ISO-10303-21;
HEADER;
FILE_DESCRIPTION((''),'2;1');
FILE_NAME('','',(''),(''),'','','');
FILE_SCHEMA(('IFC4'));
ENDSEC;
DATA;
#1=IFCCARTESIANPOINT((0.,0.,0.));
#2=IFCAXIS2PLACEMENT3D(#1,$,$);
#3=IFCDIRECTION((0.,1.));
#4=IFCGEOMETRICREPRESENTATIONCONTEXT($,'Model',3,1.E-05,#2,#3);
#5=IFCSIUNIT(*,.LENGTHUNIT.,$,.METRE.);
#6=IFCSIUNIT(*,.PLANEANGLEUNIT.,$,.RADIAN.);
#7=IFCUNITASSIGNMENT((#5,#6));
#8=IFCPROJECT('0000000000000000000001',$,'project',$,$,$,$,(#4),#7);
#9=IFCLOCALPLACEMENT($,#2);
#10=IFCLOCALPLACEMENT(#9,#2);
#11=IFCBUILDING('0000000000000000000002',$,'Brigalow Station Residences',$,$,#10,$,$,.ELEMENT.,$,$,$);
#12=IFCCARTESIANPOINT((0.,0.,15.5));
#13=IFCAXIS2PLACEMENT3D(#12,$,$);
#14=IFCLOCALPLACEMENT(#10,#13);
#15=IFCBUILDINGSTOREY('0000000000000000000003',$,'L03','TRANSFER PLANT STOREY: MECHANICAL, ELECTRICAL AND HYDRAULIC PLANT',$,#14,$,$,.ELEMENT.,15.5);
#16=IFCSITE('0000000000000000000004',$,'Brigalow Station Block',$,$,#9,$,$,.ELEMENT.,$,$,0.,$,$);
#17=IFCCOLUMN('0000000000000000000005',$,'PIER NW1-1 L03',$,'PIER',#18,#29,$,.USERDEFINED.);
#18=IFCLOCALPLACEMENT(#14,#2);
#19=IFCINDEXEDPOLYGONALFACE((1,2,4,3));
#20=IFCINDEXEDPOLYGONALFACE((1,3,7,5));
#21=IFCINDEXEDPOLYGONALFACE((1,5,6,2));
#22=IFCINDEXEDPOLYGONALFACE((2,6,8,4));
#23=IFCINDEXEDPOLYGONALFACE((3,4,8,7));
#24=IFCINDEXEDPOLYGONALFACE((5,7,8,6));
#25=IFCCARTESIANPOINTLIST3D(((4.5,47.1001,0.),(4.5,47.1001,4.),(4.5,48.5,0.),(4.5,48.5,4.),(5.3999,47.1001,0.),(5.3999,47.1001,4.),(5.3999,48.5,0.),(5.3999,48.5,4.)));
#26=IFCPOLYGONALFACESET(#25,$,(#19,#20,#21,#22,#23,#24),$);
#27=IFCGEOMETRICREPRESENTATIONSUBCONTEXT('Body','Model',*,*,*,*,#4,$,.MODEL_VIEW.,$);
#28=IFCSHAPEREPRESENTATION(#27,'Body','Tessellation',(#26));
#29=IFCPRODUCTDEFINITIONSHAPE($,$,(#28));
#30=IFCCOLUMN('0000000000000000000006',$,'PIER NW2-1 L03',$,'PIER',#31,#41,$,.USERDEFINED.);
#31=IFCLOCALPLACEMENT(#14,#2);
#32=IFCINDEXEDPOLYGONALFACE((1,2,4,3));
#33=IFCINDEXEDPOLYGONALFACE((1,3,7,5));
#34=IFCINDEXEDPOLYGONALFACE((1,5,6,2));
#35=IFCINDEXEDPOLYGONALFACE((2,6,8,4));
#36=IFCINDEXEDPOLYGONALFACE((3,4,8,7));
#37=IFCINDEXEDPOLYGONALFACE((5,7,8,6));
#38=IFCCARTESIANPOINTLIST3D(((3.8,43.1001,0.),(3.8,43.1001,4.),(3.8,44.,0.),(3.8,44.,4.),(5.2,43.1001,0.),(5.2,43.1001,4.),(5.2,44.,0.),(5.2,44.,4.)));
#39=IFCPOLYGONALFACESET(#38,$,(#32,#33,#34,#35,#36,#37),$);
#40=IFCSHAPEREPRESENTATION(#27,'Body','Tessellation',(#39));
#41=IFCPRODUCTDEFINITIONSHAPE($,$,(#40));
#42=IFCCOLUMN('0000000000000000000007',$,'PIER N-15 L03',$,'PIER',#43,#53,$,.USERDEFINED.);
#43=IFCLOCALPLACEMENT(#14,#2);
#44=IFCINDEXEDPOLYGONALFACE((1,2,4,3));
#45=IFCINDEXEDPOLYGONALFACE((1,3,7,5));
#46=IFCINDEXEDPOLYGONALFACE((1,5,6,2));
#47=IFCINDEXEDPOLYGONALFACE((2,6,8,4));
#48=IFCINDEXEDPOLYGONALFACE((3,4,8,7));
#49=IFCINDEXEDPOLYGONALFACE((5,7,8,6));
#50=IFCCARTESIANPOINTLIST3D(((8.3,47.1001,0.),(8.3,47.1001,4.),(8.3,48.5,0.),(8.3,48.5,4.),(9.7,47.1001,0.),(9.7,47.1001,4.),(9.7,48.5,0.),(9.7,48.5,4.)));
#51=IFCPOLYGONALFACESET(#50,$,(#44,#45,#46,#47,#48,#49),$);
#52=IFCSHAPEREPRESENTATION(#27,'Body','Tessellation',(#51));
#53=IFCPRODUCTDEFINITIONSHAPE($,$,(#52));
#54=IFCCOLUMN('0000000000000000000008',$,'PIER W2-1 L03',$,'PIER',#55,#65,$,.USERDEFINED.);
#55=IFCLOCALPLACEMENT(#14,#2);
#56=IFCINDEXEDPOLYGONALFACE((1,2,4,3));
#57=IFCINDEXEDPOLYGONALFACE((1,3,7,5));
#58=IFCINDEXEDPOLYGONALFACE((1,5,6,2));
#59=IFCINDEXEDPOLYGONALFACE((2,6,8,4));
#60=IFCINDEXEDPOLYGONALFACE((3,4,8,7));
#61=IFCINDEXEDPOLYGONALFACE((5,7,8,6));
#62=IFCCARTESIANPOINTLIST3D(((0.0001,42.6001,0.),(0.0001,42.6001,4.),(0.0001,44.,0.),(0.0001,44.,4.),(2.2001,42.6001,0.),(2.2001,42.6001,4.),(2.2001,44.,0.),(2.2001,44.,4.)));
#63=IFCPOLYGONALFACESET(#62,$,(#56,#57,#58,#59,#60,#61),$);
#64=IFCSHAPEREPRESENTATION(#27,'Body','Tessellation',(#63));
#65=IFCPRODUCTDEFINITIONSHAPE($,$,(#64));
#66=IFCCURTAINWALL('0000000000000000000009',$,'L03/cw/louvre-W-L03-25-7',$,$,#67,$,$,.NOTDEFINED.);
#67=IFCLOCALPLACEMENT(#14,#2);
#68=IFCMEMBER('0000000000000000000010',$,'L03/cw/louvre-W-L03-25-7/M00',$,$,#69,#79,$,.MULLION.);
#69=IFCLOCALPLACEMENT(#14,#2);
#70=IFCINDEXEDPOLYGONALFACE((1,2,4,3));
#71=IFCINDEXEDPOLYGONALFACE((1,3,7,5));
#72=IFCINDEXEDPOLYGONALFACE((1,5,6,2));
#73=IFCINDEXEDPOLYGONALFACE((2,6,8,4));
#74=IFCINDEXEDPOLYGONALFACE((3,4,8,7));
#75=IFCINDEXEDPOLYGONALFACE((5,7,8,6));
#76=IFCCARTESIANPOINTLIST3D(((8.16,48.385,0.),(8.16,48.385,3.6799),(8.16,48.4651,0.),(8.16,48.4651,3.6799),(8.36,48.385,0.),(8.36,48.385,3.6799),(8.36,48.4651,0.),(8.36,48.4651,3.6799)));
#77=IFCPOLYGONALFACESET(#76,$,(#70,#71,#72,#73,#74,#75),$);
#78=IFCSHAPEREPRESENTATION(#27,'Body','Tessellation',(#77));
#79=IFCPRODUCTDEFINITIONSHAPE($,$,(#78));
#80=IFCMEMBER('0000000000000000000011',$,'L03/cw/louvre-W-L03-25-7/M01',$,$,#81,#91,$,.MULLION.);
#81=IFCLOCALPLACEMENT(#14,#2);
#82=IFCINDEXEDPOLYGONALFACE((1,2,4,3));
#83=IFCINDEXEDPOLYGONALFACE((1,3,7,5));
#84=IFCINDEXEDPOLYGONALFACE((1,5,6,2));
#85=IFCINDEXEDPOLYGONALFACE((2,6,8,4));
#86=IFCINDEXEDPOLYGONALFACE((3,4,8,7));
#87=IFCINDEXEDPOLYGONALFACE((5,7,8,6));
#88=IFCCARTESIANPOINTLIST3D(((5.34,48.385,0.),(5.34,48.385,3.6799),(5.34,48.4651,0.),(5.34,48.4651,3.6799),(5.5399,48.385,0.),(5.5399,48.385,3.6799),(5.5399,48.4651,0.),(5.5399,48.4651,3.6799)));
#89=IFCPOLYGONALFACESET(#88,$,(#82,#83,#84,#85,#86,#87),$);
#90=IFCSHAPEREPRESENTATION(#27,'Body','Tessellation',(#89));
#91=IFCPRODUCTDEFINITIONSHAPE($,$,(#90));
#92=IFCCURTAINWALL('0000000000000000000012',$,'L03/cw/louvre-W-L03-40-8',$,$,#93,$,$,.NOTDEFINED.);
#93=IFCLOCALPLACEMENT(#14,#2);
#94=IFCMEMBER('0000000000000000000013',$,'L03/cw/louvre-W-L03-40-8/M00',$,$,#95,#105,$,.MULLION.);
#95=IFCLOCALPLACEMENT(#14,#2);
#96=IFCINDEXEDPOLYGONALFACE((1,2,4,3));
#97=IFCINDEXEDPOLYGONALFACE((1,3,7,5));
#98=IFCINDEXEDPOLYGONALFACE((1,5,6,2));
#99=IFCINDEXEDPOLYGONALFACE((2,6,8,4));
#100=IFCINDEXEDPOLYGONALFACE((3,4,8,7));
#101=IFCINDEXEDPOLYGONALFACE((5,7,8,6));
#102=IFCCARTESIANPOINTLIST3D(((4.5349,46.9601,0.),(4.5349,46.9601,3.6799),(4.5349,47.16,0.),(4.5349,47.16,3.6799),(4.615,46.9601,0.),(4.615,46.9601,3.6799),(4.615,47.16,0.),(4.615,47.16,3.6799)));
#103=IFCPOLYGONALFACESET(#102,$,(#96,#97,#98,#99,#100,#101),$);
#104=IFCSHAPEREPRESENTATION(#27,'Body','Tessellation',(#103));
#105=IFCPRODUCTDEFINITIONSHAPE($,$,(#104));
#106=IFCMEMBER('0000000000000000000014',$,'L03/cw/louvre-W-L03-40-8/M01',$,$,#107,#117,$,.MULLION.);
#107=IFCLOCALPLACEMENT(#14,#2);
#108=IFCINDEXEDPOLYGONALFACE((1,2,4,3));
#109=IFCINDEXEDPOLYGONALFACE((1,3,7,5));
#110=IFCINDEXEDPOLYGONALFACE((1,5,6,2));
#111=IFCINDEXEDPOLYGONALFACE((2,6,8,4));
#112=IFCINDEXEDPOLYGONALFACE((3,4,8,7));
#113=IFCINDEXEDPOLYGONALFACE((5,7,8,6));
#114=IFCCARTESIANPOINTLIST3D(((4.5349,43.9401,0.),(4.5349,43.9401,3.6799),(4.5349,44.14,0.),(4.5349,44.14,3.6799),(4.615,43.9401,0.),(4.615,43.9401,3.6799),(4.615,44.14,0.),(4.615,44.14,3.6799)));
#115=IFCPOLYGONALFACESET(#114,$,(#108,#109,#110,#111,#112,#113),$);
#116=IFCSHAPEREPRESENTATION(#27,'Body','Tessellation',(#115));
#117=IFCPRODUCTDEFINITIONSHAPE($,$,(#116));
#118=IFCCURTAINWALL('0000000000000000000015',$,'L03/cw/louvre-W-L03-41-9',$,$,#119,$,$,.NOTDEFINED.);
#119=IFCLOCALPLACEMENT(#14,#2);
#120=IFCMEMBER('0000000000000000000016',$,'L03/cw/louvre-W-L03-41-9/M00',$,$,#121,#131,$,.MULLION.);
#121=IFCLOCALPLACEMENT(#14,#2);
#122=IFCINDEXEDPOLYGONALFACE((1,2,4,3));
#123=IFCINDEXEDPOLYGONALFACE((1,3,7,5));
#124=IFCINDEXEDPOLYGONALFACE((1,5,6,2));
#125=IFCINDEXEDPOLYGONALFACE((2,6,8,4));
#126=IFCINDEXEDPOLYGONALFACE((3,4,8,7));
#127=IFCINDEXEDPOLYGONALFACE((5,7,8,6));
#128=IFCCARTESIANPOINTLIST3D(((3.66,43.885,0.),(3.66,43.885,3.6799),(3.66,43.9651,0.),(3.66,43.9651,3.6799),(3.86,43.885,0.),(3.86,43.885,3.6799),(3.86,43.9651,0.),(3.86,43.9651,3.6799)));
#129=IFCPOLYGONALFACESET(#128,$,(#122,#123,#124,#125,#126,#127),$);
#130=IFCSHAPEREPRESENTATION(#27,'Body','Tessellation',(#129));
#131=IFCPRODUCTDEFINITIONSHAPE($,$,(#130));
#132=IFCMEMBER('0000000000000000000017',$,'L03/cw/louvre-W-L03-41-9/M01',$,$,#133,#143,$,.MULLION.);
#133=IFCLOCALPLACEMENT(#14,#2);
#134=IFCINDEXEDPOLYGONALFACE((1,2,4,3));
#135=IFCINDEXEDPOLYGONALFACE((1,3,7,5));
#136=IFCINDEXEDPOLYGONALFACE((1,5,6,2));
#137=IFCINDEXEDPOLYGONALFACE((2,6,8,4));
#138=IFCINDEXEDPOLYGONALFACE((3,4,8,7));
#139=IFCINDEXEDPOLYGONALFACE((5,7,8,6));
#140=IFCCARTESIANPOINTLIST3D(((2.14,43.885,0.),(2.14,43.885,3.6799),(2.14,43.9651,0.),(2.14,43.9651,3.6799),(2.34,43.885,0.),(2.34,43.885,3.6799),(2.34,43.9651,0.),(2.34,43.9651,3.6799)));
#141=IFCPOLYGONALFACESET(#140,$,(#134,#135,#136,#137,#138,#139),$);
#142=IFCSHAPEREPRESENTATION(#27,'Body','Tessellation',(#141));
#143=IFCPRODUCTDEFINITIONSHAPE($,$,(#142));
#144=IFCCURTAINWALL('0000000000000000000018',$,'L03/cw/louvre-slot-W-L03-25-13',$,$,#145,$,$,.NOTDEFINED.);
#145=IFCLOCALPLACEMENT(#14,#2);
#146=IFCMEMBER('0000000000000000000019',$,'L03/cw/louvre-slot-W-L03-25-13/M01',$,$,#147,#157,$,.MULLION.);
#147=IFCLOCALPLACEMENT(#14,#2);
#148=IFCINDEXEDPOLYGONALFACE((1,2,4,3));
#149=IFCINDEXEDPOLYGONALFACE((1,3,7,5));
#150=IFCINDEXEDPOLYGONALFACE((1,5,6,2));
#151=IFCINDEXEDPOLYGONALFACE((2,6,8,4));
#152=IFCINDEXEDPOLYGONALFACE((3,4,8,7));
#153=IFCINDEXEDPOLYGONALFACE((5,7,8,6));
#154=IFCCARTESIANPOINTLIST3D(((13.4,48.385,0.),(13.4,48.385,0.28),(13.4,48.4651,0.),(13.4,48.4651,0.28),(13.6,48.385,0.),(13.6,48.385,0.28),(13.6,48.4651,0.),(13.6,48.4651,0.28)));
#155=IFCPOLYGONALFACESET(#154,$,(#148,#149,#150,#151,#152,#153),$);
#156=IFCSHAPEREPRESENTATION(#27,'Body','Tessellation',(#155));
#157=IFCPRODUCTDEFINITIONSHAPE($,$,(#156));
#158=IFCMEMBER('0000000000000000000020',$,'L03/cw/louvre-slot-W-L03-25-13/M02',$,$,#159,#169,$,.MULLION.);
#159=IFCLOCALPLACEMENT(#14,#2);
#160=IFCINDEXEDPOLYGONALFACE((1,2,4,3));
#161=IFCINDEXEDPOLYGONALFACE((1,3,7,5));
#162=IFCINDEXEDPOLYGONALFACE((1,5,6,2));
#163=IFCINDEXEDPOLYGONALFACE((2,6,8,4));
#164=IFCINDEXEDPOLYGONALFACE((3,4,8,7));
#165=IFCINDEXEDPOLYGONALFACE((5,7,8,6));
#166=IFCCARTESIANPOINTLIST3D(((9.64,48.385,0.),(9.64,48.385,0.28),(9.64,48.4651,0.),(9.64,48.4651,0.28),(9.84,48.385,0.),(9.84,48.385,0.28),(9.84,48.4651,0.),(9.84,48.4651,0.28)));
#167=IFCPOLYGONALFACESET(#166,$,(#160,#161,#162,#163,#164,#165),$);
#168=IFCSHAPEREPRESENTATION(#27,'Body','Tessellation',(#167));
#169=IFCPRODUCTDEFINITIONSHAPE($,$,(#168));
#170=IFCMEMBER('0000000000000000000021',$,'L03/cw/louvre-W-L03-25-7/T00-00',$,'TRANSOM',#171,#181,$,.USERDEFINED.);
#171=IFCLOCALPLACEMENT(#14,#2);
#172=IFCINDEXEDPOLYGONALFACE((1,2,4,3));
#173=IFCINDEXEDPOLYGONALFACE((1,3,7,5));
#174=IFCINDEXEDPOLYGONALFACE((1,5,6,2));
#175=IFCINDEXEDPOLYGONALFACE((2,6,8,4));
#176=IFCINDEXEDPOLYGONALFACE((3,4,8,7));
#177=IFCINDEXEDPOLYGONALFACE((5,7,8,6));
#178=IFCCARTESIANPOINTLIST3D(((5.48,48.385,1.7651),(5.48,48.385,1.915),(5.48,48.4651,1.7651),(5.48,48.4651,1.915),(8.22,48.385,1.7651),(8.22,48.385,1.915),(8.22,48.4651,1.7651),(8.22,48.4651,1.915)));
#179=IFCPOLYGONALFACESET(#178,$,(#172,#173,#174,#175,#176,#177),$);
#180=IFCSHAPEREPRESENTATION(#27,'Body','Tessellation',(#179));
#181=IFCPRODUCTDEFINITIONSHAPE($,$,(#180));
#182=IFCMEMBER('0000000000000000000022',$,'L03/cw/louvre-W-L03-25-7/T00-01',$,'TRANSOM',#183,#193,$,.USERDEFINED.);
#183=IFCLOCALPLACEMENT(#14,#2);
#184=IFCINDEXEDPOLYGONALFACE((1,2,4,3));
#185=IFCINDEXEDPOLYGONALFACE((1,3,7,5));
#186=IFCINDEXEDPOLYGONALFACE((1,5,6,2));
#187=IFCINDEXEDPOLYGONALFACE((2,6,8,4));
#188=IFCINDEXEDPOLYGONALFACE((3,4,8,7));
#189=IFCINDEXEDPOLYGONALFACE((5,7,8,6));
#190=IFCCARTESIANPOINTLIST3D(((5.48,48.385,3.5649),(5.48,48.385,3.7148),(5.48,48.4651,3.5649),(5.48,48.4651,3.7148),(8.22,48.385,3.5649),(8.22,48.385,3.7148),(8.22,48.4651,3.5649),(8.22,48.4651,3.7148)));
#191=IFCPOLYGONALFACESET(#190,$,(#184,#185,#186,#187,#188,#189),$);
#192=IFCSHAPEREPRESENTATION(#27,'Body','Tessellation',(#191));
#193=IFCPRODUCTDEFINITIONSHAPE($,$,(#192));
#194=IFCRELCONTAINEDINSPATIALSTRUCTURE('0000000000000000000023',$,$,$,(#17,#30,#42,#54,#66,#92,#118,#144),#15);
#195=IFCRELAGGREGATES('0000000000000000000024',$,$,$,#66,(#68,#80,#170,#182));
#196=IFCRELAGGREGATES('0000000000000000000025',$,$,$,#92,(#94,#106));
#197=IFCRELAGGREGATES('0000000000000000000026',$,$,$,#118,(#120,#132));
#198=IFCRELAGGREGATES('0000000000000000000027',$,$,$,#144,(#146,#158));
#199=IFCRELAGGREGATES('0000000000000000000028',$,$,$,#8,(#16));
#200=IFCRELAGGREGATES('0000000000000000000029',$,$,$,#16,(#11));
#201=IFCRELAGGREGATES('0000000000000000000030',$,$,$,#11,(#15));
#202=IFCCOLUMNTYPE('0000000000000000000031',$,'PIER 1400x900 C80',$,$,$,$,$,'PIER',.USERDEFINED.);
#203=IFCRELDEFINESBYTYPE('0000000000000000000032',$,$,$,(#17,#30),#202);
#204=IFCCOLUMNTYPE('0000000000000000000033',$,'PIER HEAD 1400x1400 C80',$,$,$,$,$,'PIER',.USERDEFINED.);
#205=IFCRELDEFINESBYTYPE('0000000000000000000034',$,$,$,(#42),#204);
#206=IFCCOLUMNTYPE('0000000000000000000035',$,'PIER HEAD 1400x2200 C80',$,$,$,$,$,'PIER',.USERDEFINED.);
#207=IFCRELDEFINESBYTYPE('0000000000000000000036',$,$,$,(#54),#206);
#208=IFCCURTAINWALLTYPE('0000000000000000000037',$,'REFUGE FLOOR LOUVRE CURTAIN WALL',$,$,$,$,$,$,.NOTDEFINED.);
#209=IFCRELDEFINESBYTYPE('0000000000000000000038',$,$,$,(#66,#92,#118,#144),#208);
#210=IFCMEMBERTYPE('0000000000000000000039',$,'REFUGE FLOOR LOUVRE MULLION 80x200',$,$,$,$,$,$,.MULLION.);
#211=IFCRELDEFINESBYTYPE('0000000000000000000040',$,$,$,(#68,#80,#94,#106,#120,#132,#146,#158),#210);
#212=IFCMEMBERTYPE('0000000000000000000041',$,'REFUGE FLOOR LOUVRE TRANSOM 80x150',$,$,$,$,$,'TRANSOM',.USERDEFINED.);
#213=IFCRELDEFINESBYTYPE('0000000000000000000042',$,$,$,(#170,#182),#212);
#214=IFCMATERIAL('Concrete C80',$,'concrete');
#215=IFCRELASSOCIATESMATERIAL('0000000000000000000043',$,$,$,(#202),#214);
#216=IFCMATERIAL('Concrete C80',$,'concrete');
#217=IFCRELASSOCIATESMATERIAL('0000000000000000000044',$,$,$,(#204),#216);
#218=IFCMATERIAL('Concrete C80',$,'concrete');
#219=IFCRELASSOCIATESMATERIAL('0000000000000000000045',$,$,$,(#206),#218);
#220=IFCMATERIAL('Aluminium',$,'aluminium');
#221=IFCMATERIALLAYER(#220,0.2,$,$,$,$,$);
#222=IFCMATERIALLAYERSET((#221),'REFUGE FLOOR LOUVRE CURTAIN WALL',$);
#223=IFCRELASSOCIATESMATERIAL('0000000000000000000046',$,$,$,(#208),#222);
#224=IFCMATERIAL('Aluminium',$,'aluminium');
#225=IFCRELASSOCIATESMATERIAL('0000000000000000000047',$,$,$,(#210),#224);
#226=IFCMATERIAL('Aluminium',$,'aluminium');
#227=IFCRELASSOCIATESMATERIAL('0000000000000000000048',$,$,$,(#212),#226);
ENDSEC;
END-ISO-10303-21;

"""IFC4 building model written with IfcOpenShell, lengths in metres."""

from ifc_helpers import new_model, si_unit, direction, frame, origin, origin_2d, place, context, subcontext, project, spatial, rectangle, extrude, material, layer, layer_set, material_profile, profile_set, type_object, element, aggregate, save


model = new_model("IFC4")

# Units and contexts
model_context = context("Model", 3, precision=1e-05, world=origin(), true_north=direction((0.0, 1.0)))
body_context = subcontext(model_context, "Body", "Model", "MODEL_VIEW")
ifc_project = project(units=[si_unit("LENGTHUNIT", "METRE"), si_unit("PLANEANGLEUNIT", "RADIAN")], contexts=[model_context])

# Site, building, storey
site_placement = place(None, origin())
site = spatial("IfcSite", under=ifc_project, at=site_placement, Name="Brigalow Station Block", CompositionType="ELEMENT", RefElevation=0.0)
building_placement = place(site_placement, origin())
building = spatial("IfcBuilding", under=site, at=building_placement, Name="Brigalow Station Residences", CompositionType="ELEMENT")
storey_placement = place(building_placement, frame((0.0, 0.0, 15.5)))
storey = spatial("IfcBuildingStorey", under=building, at=storey_placement, Name="L03", Description="TRANSFER PLANT STOREY: MECHANICAL, ELECTRICAL AND HYDRAULIC PLANT", CompositionType="ELEMENT", Elevation=15.5)

# Columns
ifc_material_1 = material(Name="Concrete C80", Category="concrete")
ifc_material_profile_1 = material_profile(ifc_material_1, rectangle(XDim=1.3999, YDim=0.8999, at=origin_2d()), Name="RC1400x900")
ifc_profile_set_1 = profile_set([ifc_material_profile_1], Name="Concrete C80")
column_type_1 = type_object("IfcColumnType", Name="PIER 1400x900 C80", ElementType="PIER", PredefinedType="USERDEFINED", material=ifc_profile_set_1)
for number, where, z_axis, x_axis, name in (
    (1, (4.95, 47.8, 0.0), (0.0, 0.0, 1.0), (0.0, -1.0, 0.0), "PIER NW1-1 L03"),
    (2, (4.5, 43.55, 0.0), (0.0, 0.0, 1.0), (-1.0, 0.0, 0.0), "PIER NW2-1 L03"),
):
    element("IfcColumn", number, at=place(storey_placement, frame(where, z_axis=z_axis, x_axis=x_axis)), inside=storey, type_object=column_type_1, Name=name, ObjectType="PIER", PredefinedType="USERDEFINED", context=body_context, shape_type="SweptSolid", body=[
        extrude(rectangle(XDim=1.3999, YDim=0.8999, at=origin_2d()), origin(), (0.0, 0.0, 1.0), 4.0),
    ])
ifc_material_2 = material(Name="Concrete C80", Category="concrete")
ifc_material_profile_2 = material_profile(ifc_material_2, rectangle(XDim=1.3999, YDim=1.3999, at=origin_2d()), Name="RC1400x1400")
ifc_profile_set_2 = profile_set([ifc_material_profile_2], Name="Concrete C80")
column_type_2 = type_object("IfcColumnType", Name="PIER HEAD 1400x1400 C80", ElementType="PIER", PredefinedType="USERDEFINED", material=ifc_profile_set_2)
column_1_placement = place(storey_placement, frame((9.0, 47.8, 0.0), z_axis=(0.0, 0.0, 1.0), x_axis=(-1.0, 0.0, 0.0)))
element("IfcColumn", 3, at=column_1_placement, inside=storey, type_object=column_type_2, Name="PIER N-15 L03", ObjectType="PIER", PredefinedType="USERDEFINED", context=body_context, shape_type="SweptSolid", body=[
    extrude(rectangle(XDim=1.3999, YDim=1.3999, at=origin_2d()), origin(), (0.0, 0.0, 1.0), 4.0),
])
ifc_material_3 = material(Name="Concrete C80", Category="concrete")
ifc_material_profile_3 = material_profile(ifc_material_3, rectangle(XDim=1.3999, YDim=2.2, at=origin_2d()), Name="RC1400x2200")
ifc_profile_set_3 = profile_set([ifc_material_profile_3], Name="Concrete C80")
column_type_3 = type_object("IfcColumnType", Name="PIER HEAD 1400x2200 C80", ElementType="PIER", PredefinedType="USERDEFINED", material=ifc_profile_set_3)
column_2_placement = place(storey_placement, frame((1.1001, 43.3, 0.0), z_axis=(0.0, 0.0, 1.0), x_axis=(0.0, -1.0, 0.0)))
element("IfcColumn", 4, at=column_2_placement, inside=storey, type_object=column_type_3, Name="PIER W2-1 L03", ObjectType="PIER", PredefinedType="USERDEFINED", context=body_context, shape_type="SweptSolid", body=[
    extrude(rectangle(XDim=1.3999, YDim=2.2, at=origin_2d()), origin(), (0.0, 0.0, 1.0), 4.0),
])

# Curtain walls, members
ifc_material_4 = material(Name="Aluminium", Category="aluminium")
ifc_layer_1 = layer(ifc_material_4, 0.2)
ifc_layer_set_1 = layer_set([ifc_layer_1], Name="REFUGE FLOOR LOUVRE CURTAIN WALL")
curtain_wall_type = type_object("IfcCurtainWallType", Name="REFUGE FLOOR LOUVRE CURTAIN WALL", PredefinedType="NOTDEFINED", material=ifc_layer_set_1)
curtain_wall_1_placement = place(storey_placement, origin())
curtain_wall_1 = element("IfcCurtainWall", 5, at=curtain_wall_1_placement, inside=storey, type_object=curtain_wall_type, Name="L03/cw/louvre-W-L03-25-7", PredefinedType="NOTDEFINED")
ifc_material_5 = material(Name="Aluminium", Category="aluminium")
ifc_material_profile_4 = material_profile(ifc_material_5, rectangle(XDim=0.0801, YDim=0.2, at=origin_2d()), Name="REFUGE FLOOR LOUVRE MULLION 80x200")
ifc_profile_set_4 = profile_set([ifc_material_profile_4], Name="Aluminium")
member_type_1 = type_object("IfcMemberType", Name="REFUGE FLOOR LOUVRE MULLION 80x200", PredefinedType="MULLION", material=ifc_profile_set_4)
member_1_placement = place(storey_placement, frame((8.26, 48.425, 0.0), z_axis=(0.0, 0.0, 1.0), x_axis=(0.0, -1.0, 0.0)))
member_1 = element("IfcMember", 6, at=member_1_placement, type_object=member_type_1, Name="L03/cw/louvre-W-L03-25-7/M00", PredefinedType="MULLION", context=body_context, shape_type="SweptSolid", body=[
    extrude(rectangle(XDim=0.0801, YDim=0.2, at=origin_2d()), origin(), (0.0, 0.0, 1.0), 3.6799),
])
member_2_placement = place(storey_placement, frame((5.4399, 48.425, 0.0), z_axis=(0.0, 0.0, 1.0), x_axis=(0.0, -1.0, 0.0)))
member_2 = element("IfcMember", 7, at=member_2_placement, type_object=member_type_1, Name="L03/cw/louvre-W-L03-25-7/M01", PredefinedType="MULLION", context=body_context, shape_type="SweptSolid", body=[
    extrude(rectangle(XDim=0.0801, YDim=0.2, at=origin_2d()), origin(), (0.0, 0.0, 1.0), 3.6799),
])
curtain_wall_2_placement = place(storey_placement, origin())
curtain_wall_2 = element("IfcCurtainWall", 8, at=curtain_wall_2_placement, inside=storey, type_object=curtain_wall_type, Name="L03/cw/louvre-W-L03-40-8", PredefinedType="NOTDEFINED")
member_3_placement = place(storey_placement, frame((4.575, 47.0601, 0.0), z_axis=(0.0, 0.0, 1.0), x_axis=(1.0, 0.0, 0.0)))
member_3 = element("IfcMember", 9, at=member_3_placement, type_object=member_type_1, Name="L03/cw/louvre-W-L03-40-8/M00", PredefinedType="MULLION", context=body_context, shape_type="SweptSolid", body=[
    extrude(rectangle(XDim=0.0801, YDim=0.2, at=origin_2d()), origin(), (0.0, 0.0, 1.0), 3.6799),
])
member_4_placement = place(storey_placement, frame((4.575, 44.04, 0.0), z_axis=(0.0, 0.0, 1.0), x_axis=(1.0, 0.0, 0.0)))
member_4 = element("IfcMember", 10, at=member_4_placement, type_object=member_type_1, Name="L03/cw/louvre-W-L03-40-8/M01", PredefinedType="MULLION", context=body_context, shape_type="SweptSolid", body=[
    extrude(rectangle(XDim=0.0801, YDim=0.2, at=origin_2d()), origin(), (0.0, 0.0, 1.0), 3.6799),
])
curtain_wall_3_placement = place(storey_placement, origin())
curtain_wall_3 = element("IfcCurtainWall", 11, at=curtain_wall_3_placement, inside=storey, type_object=curtain_wall_type, Name="L03/cw/louvre-W-L03-41-9", PredefinedType="NOTDEFINED")
member_5_placement = place(storey_placement, frame((3.76, 43.925, 0.0), z_axis=(0.0, 0.0, 1.0), x_axis=(0.0, -1.0, 0.0)))
member_5 = element("IfcMember", 12, at=member_5_placement, type_object=member_type_1, Name="L03/cw/louvre-W-L03-41-9/M00", PredefinedType="MULLION", context=body_context, shape_type="SweptSolid", body=[
    extrude(rectangle(XDim=0.0801, YDim=0.2, at=origin_2d()), origin(), (0.0, 0.0, 1.0), 3.6799),
])
member_6_placement = place(storey_placement, frame((2.24, 43.925, 0.0), z_axis=(0.0, 0.0, 1.0), x_axis=(0.0, -1.0, 0.0)))
member_6 = element("IfcMember", 13, at=member_6_placement, type_object=member_type_1, Name="L03/cw/louvre-W-L03-41-9/M01", PredefinedType="MULLION", context=body_context, shape_type="SweptSolid", body=[
    extrude(rectangle(XDim=0.0801, YDim=0.2, at=origin_2d()), origin(), (0.0, 0.0, 1.0), 3.6799),
])
curtain_wall_4_placement = place(storey_placement, origin())
curtain_wall_4 = element("IfcCurtainWall", 14, at=curtain_wall_4_placement, inside=storey, type_object=curtain_wall_type, Name="L03/cw/louvre-slot-W-L03-25-13", PredefinedType="NOTDEFINED")
member_7_placement = place(storey_placement, frame((13.5, 48.425, 0.0), z_axis=(0.0, 0.0, 1.0), x_axis=(0.0, -1.0, 0.0)))
member_7 = element("IfcMember", 15, at=member_7_placement, type_object=member_type_1, Name="L03/cw/louvre-slot-W-L03-25-13/M01", PredefinedType="MULLION", context=body_context, shape_type="SweptSolid", body=[
    extrude(rectangle(XDim=0.0801, YDim=0.2, at=origin_2d()), origin(), (0.0, 0.0, 1.0), 0.28),
])
member_8_placement = place(storey_placement, frame((9.74, 48.425, 0.0), z_axis=(0.0, 0.0, 1.0), x_axis=(0.0, -1.0, 0.0)))
member_8 = element("IfcMember", 16, at=member_8_placement, type_object=member_type_1, Name="L03/cw/louvre-slot-W-L03-25-13/M02", PredefinedType="MULLION", context=body_context, shape_type="SweptSolid", body=[
    extrude(rectangle(XDim=0.0801, YDim=0.2, at=origin_2d()), origin(), (0.0, 0.0, 1.0), 0.28),
])

# Members
ifc_material_6 = material(Name="Aluminium", Category="aluminium")
ifc_material_profile_5 = material_profile(ifc_material_6, rectangle(XDim=0.0801, YDim=0.1499, at=origin_2d()), Name="REFUGE FLOOR LOUVRE TRANSOM 80x150")
ifc_profile_set_5 = profile_set([ifc_material_profile_5], Name="Aluminium")
member_type_2 = type_object("IfcMemberType", Name="REFUGE FLOOR LOUVRE TRANSOM 80x150", ElementType="TRANSOM", PredefinedType="USERDEFINED", material=ifc_profile_set_5)
member_9_placement = place(storey_placement, frame((8.22, 48.425, 1.8401), z_axis=(-1.0, 0.0, 0.0), x_axis=(0.0, -1.0, 0.0)))
member_9 = element("IfcMember", 17, at=member_9_placement, type_object=member_type_2, Name="L03/cw/louvre-W-L03-25-7/T00-00", ObjectType="TRANSOM", PredefinedType="USERDEFINED", context=body_context, shape_type="SweptSolid", body=[
    extrude(rectangle(XDim=0.0801, YDim=0.1499, at=origin_2d()), origin(), (0.0, 0.0, 1.0), 2.74),
])
member_10_placement = place(storey_placement, frame((8.22, 48.425, 3.6399), z_axis=(-1.0, 0.0, 0.0), x_axis=(0.0, -1.0, 0.0)))
member_10 = element("IfcMember", 18, at=member_10_placement, type_object=member_type_2, Name="L03/cw/louvre-W-L03-25-7/T00-01", ObjectType="TRANSOM", PredefinedType="USERDEFINED", context=body_context, shape_type="SweptSolid", body=[
    extrude(rectangle(XDim=0.0801, YDim=0.1499, at=origin_2d()), origin(), (0.0, 0.0, 1.0), 2.74),
])

aggregate(curtain_wall_1, [member_1, member_2, member_9, member_10])
aggregate(curtain_wall_2, [member_3, member_4])
aggregate(curtain_wall_3, [member_5, member_6])
aggregate(curtain_wall_4, [member_7, member_8])

save(model, "model.ifc")
